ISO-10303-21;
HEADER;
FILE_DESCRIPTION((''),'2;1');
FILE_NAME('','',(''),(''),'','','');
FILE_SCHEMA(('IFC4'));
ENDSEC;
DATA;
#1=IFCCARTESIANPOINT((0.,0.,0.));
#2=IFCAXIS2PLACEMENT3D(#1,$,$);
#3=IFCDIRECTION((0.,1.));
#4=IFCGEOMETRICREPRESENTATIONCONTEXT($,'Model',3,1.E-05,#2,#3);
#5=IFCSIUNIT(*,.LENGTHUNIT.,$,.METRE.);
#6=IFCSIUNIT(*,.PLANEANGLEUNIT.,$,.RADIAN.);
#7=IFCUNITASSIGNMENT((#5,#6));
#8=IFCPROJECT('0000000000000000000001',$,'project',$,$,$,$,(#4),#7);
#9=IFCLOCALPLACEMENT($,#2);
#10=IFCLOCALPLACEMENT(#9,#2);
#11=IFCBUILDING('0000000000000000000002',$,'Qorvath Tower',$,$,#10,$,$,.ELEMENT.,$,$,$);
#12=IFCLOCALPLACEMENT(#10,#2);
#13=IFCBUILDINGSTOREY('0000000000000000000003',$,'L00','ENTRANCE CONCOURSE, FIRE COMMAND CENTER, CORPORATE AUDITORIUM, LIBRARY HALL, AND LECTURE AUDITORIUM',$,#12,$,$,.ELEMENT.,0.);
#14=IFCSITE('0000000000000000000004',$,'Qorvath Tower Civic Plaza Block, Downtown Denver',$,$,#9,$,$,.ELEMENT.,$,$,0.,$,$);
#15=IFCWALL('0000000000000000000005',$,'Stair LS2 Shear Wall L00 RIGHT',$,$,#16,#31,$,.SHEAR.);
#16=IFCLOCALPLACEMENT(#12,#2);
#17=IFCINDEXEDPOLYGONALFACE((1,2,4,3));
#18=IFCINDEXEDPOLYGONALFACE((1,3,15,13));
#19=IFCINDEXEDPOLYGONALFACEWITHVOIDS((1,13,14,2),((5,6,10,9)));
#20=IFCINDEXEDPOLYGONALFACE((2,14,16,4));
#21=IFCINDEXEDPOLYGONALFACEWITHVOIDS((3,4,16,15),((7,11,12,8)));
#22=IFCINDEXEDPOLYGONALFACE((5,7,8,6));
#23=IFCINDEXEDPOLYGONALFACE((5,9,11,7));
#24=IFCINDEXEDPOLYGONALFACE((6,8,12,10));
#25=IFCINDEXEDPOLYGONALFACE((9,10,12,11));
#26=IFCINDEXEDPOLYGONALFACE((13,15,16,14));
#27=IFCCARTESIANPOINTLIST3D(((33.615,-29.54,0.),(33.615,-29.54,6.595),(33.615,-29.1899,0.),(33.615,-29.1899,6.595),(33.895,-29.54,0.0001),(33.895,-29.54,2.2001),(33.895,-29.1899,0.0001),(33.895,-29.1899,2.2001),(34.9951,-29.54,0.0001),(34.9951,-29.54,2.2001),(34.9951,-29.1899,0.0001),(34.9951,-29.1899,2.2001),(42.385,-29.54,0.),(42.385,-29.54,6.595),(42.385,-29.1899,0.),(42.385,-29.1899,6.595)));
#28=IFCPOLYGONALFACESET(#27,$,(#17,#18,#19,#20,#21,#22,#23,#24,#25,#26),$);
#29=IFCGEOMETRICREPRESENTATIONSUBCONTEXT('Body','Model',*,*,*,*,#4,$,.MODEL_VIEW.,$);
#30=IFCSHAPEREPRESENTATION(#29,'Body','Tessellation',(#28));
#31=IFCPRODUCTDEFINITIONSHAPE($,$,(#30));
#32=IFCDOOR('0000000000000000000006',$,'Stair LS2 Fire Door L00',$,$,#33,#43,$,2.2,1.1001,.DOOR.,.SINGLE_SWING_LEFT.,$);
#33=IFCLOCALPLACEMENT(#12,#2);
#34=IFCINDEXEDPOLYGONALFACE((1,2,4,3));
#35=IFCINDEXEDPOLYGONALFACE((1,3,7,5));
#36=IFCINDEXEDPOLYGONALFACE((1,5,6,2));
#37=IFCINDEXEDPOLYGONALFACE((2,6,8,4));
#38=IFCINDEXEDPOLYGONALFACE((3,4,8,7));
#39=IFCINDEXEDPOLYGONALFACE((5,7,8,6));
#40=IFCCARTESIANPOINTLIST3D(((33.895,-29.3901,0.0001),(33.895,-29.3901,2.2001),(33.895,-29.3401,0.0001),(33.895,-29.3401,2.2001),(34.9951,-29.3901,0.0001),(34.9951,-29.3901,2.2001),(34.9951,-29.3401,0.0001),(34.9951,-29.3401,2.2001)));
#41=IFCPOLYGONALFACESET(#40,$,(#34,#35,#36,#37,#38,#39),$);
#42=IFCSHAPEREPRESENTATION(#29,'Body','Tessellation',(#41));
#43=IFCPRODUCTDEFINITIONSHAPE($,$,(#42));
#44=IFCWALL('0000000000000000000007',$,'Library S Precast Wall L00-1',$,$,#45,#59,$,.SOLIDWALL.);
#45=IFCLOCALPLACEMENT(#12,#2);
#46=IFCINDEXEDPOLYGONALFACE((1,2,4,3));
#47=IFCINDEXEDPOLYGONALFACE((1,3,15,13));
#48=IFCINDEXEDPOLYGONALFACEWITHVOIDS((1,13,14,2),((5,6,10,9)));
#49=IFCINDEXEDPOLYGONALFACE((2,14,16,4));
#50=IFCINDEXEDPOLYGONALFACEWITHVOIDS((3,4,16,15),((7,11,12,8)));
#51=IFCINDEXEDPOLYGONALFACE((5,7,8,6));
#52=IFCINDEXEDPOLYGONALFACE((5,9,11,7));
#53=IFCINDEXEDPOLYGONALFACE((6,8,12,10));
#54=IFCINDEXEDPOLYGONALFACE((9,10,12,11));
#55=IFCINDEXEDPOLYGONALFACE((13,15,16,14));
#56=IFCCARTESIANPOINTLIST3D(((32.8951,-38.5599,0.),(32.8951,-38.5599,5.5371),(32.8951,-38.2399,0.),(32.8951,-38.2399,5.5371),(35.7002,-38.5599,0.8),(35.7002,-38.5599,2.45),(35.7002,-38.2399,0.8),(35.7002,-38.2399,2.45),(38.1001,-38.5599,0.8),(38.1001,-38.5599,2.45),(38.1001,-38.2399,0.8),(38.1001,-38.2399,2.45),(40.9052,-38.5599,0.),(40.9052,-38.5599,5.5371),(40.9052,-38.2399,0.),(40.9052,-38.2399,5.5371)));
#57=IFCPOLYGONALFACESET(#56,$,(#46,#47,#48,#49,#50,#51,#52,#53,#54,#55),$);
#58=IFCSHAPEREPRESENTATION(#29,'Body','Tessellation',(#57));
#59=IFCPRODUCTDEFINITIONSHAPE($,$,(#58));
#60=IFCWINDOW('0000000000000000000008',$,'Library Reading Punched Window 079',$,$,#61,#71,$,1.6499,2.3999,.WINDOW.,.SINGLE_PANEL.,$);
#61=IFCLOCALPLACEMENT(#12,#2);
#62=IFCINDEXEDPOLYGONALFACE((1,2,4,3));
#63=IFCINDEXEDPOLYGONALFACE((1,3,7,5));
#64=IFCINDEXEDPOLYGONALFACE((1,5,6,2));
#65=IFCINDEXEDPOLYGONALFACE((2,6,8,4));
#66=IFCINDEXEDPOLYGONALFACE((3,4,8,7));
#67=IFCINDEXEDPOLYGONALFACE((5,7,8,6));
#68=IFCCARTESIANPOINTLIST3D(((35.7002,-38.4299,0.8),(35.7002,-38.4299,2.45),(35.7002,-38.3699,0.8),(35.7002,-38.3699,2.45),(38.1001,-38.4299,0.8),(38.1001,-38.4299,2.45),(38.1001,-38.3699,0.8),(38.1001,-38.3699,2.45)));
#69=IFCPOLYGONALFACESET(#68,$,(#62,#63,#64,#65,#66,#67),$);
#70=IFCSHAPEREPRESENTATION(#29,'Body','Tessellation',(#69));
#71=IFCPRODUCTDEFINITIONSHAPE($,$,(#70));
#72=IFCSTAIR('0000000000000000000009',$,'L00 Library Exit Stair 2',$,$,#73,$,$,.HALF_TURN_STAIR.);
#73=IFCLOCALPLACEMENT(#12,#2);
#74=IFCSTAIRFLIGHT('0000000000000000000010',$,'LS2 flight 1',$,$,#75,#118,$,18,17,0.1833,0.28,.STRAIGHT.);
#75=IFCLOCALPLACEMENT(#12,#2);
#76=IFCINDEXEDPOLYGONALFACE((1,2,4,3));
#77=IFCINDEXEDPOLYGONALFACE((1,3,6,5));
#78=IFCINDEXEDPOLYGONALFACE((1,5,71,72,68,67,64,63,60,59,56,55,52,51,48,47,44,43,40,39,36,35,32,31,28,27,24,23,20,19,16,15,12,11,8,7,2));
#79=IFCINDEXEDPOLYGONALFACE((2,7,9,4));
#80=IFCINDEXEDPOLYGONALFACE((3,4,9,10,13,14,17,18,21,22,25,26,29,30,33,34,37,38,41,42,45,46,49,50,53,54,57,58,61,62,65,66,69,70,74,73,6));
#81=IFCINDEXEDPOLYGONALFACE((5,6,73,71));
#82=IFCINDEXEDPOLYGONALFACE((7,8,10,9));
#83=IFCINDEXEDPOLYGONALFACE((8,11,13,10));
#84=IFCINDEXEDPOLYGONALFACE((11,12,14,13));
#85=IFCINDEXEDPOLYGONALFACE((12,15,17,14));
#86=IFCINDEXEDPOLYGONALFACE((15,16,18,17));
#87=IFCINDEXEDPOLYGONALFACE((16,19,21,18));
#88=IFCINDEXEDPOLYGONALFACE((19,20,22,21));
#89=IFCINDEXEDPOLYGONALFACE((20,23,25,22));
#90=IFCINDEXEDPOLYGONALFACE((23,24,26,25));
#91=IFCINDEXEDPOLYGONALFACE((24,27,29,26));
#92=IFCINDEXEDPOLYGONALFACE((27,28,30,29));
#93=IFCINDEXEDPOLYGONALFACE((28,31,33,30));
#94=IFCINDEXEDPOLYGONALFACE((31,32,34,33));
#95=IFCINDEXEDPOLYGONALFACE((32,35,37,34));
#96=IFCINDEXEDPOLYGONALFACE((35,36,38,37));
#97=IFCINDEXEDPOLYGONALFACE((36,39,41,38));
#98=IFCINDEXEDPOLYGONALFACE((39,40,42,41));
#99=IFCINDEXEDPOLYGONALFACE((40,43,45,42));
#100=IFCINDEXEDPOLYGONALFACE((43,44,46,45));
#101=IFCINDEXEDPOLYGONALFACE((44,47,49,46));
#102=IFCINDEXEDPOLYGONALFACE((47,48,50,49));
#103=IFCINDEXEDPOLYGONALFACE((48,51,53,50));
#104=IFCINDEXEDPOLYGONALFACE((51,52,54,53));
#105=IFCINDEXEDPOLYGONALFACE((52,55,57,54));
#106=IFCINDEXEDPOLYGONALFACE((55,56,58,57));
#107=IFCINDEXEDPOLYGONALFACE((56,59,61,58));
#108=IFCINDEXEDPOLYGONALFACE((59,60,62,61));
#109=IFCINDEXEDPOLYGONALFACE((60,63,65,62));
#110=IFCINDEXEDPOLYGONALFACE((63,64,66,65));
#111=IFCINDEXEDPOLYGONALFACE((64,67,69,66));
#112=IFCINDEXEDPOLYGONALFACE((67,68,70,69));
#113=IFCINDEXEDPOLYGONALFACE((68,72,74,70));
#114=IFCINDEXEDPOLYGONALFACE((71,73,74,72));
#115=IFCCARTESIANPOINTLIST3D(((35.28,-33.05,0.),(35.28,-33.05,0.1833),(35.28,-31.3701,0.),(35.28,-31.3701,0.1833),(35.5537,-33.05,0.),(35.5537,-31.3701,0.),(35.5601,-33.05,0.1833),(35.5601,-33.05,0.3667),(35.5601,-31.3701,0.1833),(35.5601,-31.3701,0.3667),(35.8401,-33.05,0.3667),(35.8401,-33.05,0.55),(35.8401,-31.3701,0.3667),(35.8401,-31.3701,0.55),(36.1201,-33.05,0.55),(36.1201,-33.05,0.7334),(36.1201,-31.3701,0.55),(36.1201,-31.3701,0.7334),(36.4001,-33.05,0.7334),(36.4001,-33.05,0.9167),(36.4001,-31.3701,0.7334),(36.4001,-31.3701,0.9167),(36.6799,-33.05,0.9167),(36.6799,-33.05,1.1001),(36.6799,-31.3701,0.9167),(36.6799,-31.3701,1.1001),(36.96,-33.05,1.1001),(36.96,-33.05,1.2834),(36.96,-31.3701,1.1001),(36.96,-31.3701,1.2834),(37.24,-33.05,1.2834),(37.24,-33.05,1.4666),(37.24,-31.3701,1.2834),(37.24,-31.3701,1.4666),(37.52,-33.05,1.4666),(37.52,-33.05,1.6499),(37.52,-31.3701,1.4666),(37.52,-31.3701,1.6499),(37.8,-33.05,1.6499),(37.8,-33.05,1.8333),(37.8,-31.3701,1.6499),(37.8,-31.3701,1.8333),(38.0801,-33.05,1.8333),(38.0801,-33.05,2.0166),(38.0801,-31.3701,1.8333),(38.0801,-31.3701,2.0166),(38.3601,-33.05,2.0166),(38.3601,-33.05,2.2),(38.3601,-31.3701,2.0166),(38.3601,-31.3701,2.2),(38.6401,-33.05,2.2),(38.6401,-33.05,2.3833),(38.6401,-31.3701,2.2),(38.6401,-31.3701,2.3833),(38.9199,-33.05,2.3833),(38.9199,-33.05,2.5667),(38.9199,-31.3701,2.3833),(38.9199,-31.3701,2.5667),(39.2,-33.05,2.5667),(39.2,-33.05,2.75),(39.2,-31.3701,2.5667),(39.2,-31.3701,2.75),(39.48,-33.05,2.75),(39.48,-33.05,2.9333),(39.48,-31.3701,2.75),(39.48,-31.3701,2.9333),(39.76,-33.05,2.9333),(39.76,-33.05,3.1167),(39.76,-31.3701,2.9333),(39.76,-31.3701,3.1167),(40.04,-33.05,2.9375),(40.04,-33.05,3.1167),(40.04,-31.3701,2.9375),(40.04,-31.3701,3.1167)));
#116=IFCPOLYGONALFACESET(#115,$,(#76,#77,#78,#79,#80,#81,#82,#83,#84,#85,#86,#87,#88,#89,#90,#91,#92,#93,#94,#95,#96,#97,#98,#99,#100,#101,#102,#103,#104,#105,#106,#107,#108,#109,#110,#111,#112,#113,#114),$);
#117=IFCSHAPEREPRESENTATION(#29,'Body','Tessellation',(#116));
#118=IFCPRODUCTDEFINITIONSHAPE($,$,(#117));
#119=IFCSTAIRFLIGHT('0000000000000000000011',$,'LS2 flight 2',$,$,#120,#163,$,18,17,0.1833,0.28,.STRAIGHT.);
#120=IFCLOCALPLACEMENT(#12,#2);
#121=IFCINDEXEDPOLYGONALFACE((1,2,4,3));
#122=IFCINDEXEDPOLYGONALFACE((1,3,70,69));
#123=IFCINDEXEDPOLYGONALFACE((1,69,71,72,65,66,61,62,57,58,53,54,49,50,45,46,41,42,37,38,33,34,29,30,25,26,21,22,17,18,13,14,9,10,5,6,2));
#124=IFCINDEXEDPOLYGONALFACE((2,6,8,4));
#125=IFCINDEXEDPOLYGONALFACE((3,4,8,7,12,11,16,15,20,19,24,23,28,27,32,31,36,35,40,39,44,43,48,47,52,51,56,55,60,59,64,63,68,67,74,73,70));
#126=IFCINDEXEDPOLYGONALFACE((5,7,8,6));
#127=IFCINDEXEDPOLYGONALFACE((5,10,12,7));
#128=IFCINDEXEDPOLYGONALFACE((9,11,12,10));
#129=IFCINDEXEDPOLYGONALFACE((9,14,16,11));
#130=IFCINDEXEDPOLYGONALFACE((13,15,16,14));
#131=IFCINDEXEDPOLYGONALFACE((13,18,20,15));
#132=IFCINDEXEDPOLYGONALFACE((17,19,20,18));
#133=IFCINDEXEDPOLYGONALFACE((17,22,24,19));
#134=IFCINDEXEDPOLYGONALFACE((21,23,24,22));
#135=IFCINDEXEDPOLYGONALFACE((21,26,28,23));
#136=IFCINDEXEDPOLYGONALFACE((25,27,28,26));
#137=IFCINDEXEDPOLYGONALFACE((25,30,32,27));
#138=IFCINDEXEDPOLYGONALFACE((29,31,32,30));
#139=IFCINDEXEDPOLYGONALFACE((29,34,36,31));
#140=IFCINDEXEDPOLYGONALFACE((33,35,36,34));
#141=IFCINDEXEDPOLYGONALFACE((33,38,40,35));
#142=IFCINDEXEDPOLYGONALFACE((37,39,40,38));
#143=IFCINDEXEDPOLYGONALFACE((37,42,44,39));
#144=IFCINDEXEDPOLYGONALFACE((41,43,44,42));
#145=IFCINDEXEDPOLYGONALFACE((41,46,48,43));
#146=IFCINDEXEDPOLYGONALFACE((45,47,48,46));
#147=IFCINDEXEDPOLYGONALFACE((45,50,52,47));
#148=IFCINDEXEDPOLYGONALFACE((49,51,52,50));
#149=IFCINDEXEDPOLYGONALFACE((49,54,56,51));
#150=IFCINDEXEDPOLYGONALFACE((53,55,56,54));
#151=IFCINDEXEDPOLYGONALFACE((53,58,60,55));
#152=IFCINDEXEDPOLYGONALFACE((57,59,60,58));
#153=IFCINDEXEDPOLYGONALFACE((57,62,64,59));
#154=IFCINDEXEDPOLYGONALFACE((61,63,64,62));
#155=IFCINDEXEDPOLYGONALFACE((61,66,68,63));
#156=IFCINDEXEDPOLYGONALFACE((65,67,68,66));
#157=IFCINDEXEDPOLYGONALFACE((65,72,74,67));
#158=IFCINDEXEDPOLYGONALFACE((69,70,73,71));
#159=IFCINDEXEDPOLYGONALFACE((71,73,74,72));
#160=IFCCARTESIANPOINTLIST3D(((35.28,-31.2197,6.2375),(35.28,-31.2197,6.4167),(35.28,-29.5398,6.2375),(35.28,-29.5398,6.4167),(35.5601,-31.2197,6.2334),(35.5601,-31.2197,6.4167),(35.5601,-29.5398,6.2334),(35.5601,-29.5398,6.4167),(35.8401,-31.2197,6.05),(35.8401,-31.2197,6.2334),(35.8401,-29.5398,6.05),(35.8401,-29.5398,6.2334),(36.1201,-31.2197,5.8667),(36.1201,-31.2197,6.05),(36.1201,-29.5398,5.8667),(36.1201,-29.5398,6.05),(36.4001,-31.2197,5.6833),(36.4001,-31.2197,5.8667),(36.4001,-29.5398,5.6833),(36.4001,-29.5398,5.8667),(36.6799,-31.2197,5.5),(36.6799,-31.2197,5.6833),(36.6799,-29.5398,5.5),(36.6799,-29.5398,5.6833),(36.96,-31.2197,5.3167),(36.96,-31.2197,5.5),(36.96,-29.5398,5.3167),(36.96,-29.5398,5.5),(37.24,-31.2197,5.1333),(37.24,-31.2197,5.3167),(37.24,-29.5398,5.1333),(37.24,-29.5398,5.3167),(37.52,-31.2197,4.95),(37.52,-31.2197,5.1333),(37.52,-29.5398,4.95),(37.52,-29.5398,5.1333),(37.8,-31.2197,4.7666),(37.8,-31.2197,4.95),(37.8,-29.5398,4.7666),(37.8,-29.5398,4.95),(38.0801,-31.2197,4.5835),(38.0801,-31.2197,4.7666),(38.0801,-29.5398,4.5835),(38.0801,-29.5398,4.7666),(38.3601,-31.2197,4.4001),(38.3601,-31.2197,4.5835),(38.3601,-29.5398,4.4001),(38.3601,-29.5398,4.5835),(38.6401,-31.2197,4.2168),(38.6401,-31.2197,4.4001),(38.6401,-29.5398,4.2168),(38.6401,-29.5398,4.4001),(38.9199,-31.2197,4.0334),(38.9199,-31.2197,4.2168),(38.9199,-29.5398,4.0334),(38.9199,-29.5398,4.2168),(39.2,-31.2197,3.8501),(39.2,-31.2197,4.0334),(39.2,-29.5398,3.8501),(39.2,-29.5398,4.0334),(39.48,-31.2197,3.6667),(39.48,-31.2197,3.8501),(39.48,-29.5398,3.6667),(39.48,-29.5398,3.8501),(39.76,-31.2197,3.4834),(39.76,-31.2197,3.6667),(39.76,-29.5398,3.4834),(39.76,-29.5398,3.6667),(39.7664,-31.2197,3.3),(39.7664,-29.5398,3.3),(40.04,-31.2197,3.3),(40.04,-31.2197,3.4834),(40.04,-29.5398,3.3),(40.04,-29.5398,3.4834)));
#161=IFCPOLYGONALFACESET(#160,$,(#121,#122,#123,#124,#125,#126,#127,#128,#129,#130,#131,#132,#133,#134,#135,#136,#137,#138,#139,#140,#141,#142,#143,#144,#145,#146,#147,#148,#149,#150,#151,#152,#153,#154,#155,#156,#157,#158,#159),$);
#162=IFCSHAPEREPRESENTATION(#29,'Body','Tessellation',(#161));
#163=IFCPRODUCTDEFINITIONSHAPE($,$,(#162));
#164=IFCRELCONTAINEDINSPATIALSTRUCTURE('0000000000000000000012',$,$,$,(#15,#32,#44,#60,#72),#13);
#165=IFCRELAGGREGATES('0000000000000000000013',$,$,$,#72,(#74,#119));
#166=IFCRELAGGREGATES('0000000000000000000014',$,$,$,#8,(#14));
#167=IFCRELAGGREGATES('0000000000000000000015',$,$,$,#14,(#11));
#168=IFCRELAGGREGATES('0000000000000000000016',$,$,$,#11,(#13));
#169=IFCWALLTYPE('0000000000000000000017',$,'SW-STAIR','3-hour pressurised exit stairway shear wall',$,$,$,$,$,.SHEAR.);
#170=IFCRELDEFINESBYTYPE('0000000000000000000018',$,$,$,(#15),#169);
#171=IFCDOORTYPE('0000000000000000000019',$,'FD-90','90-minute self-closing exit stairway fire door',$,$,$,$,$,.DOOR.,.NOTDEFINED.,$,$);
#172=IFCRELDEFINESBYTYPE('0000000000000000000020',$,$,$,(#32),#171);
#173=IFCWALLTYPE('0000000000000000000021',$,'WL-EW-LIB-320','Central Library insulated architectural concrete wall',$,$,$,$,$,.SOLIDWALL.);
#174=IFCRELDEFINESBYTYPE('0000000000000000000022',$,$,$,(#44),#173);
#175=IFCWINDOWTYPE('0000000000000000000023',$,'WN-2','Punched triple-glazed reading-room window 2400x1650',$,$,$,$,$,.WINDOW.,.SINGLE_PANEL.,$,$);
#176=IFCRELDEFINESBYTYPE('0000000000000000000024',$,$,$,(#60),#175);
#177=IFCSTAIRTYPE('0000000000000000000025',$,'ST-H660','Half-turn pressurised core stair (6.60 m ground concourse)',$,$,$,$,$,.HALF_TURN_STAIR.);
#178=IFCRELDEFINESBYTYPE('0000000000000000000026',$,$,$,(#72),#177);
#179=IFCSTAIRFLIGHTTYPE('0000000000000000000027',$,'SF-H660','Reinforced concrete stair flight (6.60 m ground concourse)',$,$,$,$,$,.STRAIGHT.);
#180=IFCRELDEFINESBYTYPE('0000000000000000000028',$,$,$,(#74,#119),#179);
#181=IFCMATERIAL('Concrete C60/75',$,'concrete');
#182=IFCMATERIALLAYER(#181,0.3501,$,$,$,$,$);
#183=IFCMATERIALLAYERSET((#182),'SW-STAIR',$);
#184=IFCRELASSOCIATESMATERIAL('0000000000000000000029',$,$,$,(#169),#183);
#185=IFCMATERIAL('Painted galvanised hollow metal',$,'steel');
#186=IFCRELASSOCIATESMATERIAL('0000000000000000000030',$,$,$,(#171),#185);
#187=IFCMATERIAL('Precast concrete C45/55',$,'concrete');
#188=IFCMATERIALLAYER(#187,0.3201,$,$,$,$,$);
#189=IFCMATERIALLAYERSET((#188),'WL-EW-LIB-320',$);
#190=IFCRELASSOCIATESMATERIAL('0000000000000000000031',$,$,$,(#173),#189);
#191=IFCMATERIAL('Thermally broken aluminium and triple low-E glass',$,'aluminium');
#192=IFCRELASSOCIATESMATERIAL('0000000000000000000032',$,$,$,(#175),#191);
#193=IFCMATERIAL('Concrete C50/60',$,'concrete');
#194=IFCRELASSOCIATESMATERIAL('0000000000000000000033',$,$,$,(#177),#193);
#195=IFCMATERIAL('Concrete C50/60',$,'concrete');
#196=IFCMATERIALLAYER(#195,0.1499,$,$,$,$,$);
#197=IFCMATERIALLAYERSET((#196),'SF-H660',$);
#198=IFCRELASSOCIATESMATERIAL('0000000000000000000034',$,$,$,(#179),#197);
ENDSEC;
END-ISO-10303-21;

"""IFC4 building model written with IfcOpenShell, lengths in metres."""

from ifc_helpers import new_model, si_unit, direction, frame, frame_2d, origin, place, context, subcontext, project, spatial, polyline, rectangle, outline, extrude, material, layer, layer_set, type_object, element, fill, aggregate, save


model = new_model("IFC4")

# Units and contexts
model_context = context("Model", 3, precision=1e-05, world=origin(), true_north=direction((0.0, 1.0)))
body_context = subcontext(model_context, "Body", "Model", "MODEL_VIEW")
ifc_project = project(units=[si_unit("LENGTHUNIT", "METRE"), si_unit("PLANEANGLEUNIT", "RADIAN")], contexts=[model_context])

# Site, building, storey
site_placement = place(None, origin())
site = spatial("IfcSite", under=ifc_project, at=site_placement, Name="Qorvath Tower Civic Plaza Block, Downtown Denver", CompositionType="ELEMENT", RefElevation=0.0)
building_placement = place(site_placement, origin())
building = spatial("IfcBuilding", under=site, at=building_placement, Name="Qorvath Tower", CompositionType="ELEMENT")
storey_placement = place(building_placement, origin())
storey = spatial("IfcBuildingStorey", under=building, at=storey_placement, Name="L00", Description="ENTRANCE CONCOURSE, FIRE COMMAND CENTER, CORPORATE AUDITORIUM, LIBRARY HALL, AND LECTURE AUDITORIUM", CompositionType="ELEMENT", Elevation=0.0)

# Shared definitions
ifc_material_1 = material(Name="Concrete C60/75", Category="concrete")
ifc_layer_1 = layer(ifc_material_1, 0.3501)
ifc_layer_set_1 = layer_set([ifc_layer_1], Name="SW-STAIR")
wall_type_1 = type_object("IfcWallType", Name="SW-STAIR", Description="3-hour pressurised exit stairway shear wall", PredefinedType="SHEAR", material=ifc_layer_set_1)

# Wall, opening, door
wall_1_placement = place(storey_placement, frame((33.615, -29.365, 0.0), z_axis=(0.0, 0.0, 1.0), x_axis=(1.0, 0.0, 0.0)))
wall_1 = element("IfcWall", 1, at=wall_1_placement, inside=storey, type_object=wall_type_1, Name="Stair LS2 Shear Wall L00 RIGHT", PredefinedType="SHEAR", context=body_context, shape_type="SweptSolid", body=[
    extrude(rectangle(XDim=8.77, YDim=0.3501, at=frame_2d((4.385, 0.0))), origin(), (0.0, 0.0, 1.0), 6.595),
])
opening_1_placement = place(wall_1_placement, frame((0.28, 0.0, 0.0)))
opening_1 = element("IfcOpeningElement", 2, at=opening_1_placement, cuts=wall_1, PredefinedType="OPENING", context=body_context, shape_type="SweptSolid", body=[
    extrude(rectangle(XDim=1.1001, YDim=2.2, at=frame_2d((0.55, 1.1001))), frame((0.0, 0.1851, 0.0), z_axis=(0.0, -1.0, 0.0), x_axis=(1.0, 0.0, 0.0)), (0.0, 0.0, 1.0), 0.3701),
])
ifc_material_2 = material(Name="Painted galvanised hollow metal", Category="steel")
door_type_1 = type_object("IfcDoorType", Name="FD-90", Description="90-minute self-closing exit stairway fire door", OperationType="NOTDEFINED", PredefinedType="DOOR", material=ifc_material_2)
door_1_placement = place(opening_1_placement, origin())
door_1 = element("IfcDoor", 3, at=door_1_placement, inside=storey, type_object=door_type_1, Name="Stair LS2 Fire Door L00", OperationType="SINGLE_SWING_LEFT", OverallHeight=2.2, OverallWidth=1.1001, PredefinedType="DOOR", context=body_context, shape_type="SweptSolid", body=[
    extrude(rectangle(XDim=1.1001, YDim=2.2, at=frame_2d((0.55, 1.1001))), frame((0.0, 0.0249, 0.0), z_axis=(0.0, -1.0, 0.0), x_axis=(1.0, 0.0, 0.0)), (0.0, 0.0, 1.0), 0.05),
])
fill(opening_1, door_1)

# Wall, opening, window
ifc_material_3 = material(Name="Precast concrete C45/55", Category="concrete")
ifc_layer_2 = layer(ifc_material_3, 0.3201)
ifc_layer_set_2 = layer_set([ifc_layer_2], Name="WL-EW-LIB-320")
wall_type_2 = type_object("IfcWallType", Name="WL-EW-LIB-320", Description="Central Library insulated architectural concrete wall", PredefinedType="SOLIDWALL", material=ifc_layer_set_2)
wall_2_placement = place(storey_placement, frame((40.905, -38.3999, 0.0), z_axis=(0.0, 0.0, 1.0), x_axis=(-1.0, 0.0, 0.0)))
wall_2 = element("IfcWall", 4, at=wall_2_placement, inside=storey, type_object=wall_type_2, Name="Library S Precast Wall L00-1", PredefinedType="SOLIDWALL", context=body_context, shape_type="SweptSolid", body=[
    extrude(rectangle(XDim=8.01, YDim=0.3201, at=frame_2d((4.0049, 0.0))), origin(), (0.0, 0.0, 1.0), 5.5371),
])
opening_2_placement = place(wall_2_placement, frame((2.8049, 0.0, 0.8)))
opening_2 = element("IfcOpeningElement", 5, at=opening_2_placement, cuts=wall_2, PredefinedType="OPENING", context=body_context, shape_type="SweptSolid", body=[
    extrude(rectangle(XDim=2.3999, YDim=1.6499, at=frame_2d((1.2, 0.825))), frame((0.0, 0.1699, 0.0), z_axis=(0.0, -1.0, 0.0), x_axis=(1.0, 0.0, 0.0)), (0.0, 0.0, 1.0), 0.3401),
])
ifc_material_4 = material(Name="Thermally broken aluminium and triple low-E glass", Category="aluminium")
window_type = type_object("IfcWindowType", Name="WN-2", Description="Punched triple-glazed reading-room window 2400x1650", PartitioningType="SINGLE_PANEL", PredefinedType="WINDOW", material=ifc_material_4)
window_placement = place(opening_2_placement, origin())
window = element("IfcWindow", 6, at=window_placement, inside=storey, type_object=window_type, Name="Library Reading Punched Window 079", OverallHeight=1.6499, OverallWidth=2.3999, PartitioningType="SINGLE_PANEL", PredefinedType="WINDOW", context=body_context, shape_type="SweptSolid", body=[
    extrude(rectangle(XDim=2.3999, YDim=1.6499, at=frame_2d((1.2, 0.825))), frame((0.0, 0.03, 0.0), z_axis=(0.0, -1.0, 0.0), x_axis=(1.0, 0.0, 0.0)), (0.0, 0.0, 1.0), 0.0601),
])
fill(opening_2, window)

# Stair, stair flights
ifc_material_5 = material(Name="Concrete C50/60", Category="concrete")
stair_type = type_object("IfcStairType", Name="ST-H660", Description="Half-turn pressurised core stair (6.60 m ground concourse)", PredefinedType="HALF_TURN_STAIR", material=ifc_material_5)
stair_placement = place(storey_placement, origin())
stair = element("IfcStair", 7, at=stair_placement, inside=storey, type_object=stair_type, Name="L00 Library Exit Stair 2", PredefinedType="HALF_TURN_STAIR")
ifc_material_6 = material(Name="Concrete C50/60", Category="concrete")
ifc_layer_3 = layer(ifc_material_6, 0.1499)
ifc_layer_set_3 = layer_set([ifc_layer_3], Name="SF-H660")
stair_flight_type = type_object("IfcStairFlightType", Name="SF-H660", Description="Reinforced concrete stair flight (6.60 m ground concourse)", PredefinedType="STRAIGHT", material=ifc_layer_set_3)
stair_flight_1_placement = place(storey_placement, frame((35.28, -32.21, 0.0), z_axis=(0.0, 0.0, 1.0), x_axis=(1.0, 0.0, 0.0)))
stair_flight_1 = element("IfcStairFlight", 8, at=stair_flight_1_placement, type_object=stair_flight_type, Name="LS2 flight 1", NumberOfRisers=18, NumberOfTreads=17, PredefinedType="STRAIGHT", RiserHeight=0.1833, TreadLength=0.28, context=body_context, shape_type="SweptSolid", body=[
    extrude(outline(polyline([(0.0, 0.0), (0.0, 0.1833), (0.28, 0.1833), (0.28, 0.3667), (0.5601, 0.3667), (0.5601, 0.55), (0.8401, 0.55), (0.8401, 0.7334), (1.1201, 0.7334), (1.1201, 0.9167), (1.3999, 0.9167), (1.3999, 1.1001), (1.6799, 1.1001), (1.6799, 1.2834), (1.96, 1.2834), (1.96, 1.4666), (2.24, 1.4666), (2.24, 1.6499), (2.52, 1.6499), (2.52, 1.8333), (2.8, 1.8333), (2.8, 2.0166), (3.0801, 2.0166), (3.0801, 2.2), (3.3601, 2.2), (3.3601, 2.3833), (3.6399, 2.3833), (3.6399, 2.5667), (3.9199, 2.5667), (3.9199, 2.75), (4.2, 2.75), (4.2, 2.9333), (4.48, 2.9333), (4.48, 3.1167), (4.76, 3.1167), (4.76, 3.3), (4.76, 2.9375), (0.2737, 0.0), (0.0, 0.0)])), frame((0.0, 0.8398, 0.0), z_axis=(0.0, -1.0, 0.0), x_axis=(1.0, 0.0, 0.0)), (0.0, 0.0, 1.0), 1.6799),
])
stair_flight_2_placement = place(storey_placement, frame((40.04, -30.3799, 3.3), z_axis=(0.0, 0.0, 1.0), x_axis=(-1.0, 0.0, 0.0)))
stair_flight_2 = element("IfcStairFlight", 9, at=stair_flight_2_placement, type_object=stair_flight_type, Name="LS2 flight 2", NumberOfRisers=18, NumberOfTreads=17, PredefinedType="STRAIGHT", RiserHeight=0.1833, TreadLength=0.28, context=body_context, shape_type="SweptSolid", body=[
    extrude(outline(polyline([(0.0, 0.0), (0.0, 0.1833), (0.28, 0.1833), (0.28, 0.3667), (0.5601, 0.3667), (0.5601, 0.55), (0.8401, 0.55), (0.8401, 0.7334), (1.1201, 0.7334), (1.1201, 0.9167), (1.3999, 0.9167), (1.3999, 1.1001), (1.6799, 1.1001), (1.6799, 1.2834), (1.96, 1.2834), (1.96, 1.4666), (2.24, 1.4666), (2.24, 1.6499), (2.52, 1.6499), (2.52, 1.8333), (2.8, 1.8333), (2.8, 2.0166), (3.0801, 2.0166), (3.0801, 2.2), (3.3601, 2.2), (3.3601, 2.3833), (3.6399, 2.3833), (3.6399, 2.5667), (3.9199, 2.5667), (3.9199, 2.75), (4.2, 2.75), (4.2, 2.9333), (4.48, 2.9333), (4.48, 3.1167), (4.76, 3.1167), (4.76, 3.3), (4.76, 2.9375), (0.2737, 0.0), (0.0, 0.0)])), frame((0.0, 0.8398, 0.0), z_axis=(0.0, -1.0, 0.0), x_axis=(1.0, 0.0, 0.0)), (0.0, 0.0, 1.0), 1.6799),
])
aggregate(stair, [stair_flight_1, stair_flight_2])

save(model, "model.ifc")
